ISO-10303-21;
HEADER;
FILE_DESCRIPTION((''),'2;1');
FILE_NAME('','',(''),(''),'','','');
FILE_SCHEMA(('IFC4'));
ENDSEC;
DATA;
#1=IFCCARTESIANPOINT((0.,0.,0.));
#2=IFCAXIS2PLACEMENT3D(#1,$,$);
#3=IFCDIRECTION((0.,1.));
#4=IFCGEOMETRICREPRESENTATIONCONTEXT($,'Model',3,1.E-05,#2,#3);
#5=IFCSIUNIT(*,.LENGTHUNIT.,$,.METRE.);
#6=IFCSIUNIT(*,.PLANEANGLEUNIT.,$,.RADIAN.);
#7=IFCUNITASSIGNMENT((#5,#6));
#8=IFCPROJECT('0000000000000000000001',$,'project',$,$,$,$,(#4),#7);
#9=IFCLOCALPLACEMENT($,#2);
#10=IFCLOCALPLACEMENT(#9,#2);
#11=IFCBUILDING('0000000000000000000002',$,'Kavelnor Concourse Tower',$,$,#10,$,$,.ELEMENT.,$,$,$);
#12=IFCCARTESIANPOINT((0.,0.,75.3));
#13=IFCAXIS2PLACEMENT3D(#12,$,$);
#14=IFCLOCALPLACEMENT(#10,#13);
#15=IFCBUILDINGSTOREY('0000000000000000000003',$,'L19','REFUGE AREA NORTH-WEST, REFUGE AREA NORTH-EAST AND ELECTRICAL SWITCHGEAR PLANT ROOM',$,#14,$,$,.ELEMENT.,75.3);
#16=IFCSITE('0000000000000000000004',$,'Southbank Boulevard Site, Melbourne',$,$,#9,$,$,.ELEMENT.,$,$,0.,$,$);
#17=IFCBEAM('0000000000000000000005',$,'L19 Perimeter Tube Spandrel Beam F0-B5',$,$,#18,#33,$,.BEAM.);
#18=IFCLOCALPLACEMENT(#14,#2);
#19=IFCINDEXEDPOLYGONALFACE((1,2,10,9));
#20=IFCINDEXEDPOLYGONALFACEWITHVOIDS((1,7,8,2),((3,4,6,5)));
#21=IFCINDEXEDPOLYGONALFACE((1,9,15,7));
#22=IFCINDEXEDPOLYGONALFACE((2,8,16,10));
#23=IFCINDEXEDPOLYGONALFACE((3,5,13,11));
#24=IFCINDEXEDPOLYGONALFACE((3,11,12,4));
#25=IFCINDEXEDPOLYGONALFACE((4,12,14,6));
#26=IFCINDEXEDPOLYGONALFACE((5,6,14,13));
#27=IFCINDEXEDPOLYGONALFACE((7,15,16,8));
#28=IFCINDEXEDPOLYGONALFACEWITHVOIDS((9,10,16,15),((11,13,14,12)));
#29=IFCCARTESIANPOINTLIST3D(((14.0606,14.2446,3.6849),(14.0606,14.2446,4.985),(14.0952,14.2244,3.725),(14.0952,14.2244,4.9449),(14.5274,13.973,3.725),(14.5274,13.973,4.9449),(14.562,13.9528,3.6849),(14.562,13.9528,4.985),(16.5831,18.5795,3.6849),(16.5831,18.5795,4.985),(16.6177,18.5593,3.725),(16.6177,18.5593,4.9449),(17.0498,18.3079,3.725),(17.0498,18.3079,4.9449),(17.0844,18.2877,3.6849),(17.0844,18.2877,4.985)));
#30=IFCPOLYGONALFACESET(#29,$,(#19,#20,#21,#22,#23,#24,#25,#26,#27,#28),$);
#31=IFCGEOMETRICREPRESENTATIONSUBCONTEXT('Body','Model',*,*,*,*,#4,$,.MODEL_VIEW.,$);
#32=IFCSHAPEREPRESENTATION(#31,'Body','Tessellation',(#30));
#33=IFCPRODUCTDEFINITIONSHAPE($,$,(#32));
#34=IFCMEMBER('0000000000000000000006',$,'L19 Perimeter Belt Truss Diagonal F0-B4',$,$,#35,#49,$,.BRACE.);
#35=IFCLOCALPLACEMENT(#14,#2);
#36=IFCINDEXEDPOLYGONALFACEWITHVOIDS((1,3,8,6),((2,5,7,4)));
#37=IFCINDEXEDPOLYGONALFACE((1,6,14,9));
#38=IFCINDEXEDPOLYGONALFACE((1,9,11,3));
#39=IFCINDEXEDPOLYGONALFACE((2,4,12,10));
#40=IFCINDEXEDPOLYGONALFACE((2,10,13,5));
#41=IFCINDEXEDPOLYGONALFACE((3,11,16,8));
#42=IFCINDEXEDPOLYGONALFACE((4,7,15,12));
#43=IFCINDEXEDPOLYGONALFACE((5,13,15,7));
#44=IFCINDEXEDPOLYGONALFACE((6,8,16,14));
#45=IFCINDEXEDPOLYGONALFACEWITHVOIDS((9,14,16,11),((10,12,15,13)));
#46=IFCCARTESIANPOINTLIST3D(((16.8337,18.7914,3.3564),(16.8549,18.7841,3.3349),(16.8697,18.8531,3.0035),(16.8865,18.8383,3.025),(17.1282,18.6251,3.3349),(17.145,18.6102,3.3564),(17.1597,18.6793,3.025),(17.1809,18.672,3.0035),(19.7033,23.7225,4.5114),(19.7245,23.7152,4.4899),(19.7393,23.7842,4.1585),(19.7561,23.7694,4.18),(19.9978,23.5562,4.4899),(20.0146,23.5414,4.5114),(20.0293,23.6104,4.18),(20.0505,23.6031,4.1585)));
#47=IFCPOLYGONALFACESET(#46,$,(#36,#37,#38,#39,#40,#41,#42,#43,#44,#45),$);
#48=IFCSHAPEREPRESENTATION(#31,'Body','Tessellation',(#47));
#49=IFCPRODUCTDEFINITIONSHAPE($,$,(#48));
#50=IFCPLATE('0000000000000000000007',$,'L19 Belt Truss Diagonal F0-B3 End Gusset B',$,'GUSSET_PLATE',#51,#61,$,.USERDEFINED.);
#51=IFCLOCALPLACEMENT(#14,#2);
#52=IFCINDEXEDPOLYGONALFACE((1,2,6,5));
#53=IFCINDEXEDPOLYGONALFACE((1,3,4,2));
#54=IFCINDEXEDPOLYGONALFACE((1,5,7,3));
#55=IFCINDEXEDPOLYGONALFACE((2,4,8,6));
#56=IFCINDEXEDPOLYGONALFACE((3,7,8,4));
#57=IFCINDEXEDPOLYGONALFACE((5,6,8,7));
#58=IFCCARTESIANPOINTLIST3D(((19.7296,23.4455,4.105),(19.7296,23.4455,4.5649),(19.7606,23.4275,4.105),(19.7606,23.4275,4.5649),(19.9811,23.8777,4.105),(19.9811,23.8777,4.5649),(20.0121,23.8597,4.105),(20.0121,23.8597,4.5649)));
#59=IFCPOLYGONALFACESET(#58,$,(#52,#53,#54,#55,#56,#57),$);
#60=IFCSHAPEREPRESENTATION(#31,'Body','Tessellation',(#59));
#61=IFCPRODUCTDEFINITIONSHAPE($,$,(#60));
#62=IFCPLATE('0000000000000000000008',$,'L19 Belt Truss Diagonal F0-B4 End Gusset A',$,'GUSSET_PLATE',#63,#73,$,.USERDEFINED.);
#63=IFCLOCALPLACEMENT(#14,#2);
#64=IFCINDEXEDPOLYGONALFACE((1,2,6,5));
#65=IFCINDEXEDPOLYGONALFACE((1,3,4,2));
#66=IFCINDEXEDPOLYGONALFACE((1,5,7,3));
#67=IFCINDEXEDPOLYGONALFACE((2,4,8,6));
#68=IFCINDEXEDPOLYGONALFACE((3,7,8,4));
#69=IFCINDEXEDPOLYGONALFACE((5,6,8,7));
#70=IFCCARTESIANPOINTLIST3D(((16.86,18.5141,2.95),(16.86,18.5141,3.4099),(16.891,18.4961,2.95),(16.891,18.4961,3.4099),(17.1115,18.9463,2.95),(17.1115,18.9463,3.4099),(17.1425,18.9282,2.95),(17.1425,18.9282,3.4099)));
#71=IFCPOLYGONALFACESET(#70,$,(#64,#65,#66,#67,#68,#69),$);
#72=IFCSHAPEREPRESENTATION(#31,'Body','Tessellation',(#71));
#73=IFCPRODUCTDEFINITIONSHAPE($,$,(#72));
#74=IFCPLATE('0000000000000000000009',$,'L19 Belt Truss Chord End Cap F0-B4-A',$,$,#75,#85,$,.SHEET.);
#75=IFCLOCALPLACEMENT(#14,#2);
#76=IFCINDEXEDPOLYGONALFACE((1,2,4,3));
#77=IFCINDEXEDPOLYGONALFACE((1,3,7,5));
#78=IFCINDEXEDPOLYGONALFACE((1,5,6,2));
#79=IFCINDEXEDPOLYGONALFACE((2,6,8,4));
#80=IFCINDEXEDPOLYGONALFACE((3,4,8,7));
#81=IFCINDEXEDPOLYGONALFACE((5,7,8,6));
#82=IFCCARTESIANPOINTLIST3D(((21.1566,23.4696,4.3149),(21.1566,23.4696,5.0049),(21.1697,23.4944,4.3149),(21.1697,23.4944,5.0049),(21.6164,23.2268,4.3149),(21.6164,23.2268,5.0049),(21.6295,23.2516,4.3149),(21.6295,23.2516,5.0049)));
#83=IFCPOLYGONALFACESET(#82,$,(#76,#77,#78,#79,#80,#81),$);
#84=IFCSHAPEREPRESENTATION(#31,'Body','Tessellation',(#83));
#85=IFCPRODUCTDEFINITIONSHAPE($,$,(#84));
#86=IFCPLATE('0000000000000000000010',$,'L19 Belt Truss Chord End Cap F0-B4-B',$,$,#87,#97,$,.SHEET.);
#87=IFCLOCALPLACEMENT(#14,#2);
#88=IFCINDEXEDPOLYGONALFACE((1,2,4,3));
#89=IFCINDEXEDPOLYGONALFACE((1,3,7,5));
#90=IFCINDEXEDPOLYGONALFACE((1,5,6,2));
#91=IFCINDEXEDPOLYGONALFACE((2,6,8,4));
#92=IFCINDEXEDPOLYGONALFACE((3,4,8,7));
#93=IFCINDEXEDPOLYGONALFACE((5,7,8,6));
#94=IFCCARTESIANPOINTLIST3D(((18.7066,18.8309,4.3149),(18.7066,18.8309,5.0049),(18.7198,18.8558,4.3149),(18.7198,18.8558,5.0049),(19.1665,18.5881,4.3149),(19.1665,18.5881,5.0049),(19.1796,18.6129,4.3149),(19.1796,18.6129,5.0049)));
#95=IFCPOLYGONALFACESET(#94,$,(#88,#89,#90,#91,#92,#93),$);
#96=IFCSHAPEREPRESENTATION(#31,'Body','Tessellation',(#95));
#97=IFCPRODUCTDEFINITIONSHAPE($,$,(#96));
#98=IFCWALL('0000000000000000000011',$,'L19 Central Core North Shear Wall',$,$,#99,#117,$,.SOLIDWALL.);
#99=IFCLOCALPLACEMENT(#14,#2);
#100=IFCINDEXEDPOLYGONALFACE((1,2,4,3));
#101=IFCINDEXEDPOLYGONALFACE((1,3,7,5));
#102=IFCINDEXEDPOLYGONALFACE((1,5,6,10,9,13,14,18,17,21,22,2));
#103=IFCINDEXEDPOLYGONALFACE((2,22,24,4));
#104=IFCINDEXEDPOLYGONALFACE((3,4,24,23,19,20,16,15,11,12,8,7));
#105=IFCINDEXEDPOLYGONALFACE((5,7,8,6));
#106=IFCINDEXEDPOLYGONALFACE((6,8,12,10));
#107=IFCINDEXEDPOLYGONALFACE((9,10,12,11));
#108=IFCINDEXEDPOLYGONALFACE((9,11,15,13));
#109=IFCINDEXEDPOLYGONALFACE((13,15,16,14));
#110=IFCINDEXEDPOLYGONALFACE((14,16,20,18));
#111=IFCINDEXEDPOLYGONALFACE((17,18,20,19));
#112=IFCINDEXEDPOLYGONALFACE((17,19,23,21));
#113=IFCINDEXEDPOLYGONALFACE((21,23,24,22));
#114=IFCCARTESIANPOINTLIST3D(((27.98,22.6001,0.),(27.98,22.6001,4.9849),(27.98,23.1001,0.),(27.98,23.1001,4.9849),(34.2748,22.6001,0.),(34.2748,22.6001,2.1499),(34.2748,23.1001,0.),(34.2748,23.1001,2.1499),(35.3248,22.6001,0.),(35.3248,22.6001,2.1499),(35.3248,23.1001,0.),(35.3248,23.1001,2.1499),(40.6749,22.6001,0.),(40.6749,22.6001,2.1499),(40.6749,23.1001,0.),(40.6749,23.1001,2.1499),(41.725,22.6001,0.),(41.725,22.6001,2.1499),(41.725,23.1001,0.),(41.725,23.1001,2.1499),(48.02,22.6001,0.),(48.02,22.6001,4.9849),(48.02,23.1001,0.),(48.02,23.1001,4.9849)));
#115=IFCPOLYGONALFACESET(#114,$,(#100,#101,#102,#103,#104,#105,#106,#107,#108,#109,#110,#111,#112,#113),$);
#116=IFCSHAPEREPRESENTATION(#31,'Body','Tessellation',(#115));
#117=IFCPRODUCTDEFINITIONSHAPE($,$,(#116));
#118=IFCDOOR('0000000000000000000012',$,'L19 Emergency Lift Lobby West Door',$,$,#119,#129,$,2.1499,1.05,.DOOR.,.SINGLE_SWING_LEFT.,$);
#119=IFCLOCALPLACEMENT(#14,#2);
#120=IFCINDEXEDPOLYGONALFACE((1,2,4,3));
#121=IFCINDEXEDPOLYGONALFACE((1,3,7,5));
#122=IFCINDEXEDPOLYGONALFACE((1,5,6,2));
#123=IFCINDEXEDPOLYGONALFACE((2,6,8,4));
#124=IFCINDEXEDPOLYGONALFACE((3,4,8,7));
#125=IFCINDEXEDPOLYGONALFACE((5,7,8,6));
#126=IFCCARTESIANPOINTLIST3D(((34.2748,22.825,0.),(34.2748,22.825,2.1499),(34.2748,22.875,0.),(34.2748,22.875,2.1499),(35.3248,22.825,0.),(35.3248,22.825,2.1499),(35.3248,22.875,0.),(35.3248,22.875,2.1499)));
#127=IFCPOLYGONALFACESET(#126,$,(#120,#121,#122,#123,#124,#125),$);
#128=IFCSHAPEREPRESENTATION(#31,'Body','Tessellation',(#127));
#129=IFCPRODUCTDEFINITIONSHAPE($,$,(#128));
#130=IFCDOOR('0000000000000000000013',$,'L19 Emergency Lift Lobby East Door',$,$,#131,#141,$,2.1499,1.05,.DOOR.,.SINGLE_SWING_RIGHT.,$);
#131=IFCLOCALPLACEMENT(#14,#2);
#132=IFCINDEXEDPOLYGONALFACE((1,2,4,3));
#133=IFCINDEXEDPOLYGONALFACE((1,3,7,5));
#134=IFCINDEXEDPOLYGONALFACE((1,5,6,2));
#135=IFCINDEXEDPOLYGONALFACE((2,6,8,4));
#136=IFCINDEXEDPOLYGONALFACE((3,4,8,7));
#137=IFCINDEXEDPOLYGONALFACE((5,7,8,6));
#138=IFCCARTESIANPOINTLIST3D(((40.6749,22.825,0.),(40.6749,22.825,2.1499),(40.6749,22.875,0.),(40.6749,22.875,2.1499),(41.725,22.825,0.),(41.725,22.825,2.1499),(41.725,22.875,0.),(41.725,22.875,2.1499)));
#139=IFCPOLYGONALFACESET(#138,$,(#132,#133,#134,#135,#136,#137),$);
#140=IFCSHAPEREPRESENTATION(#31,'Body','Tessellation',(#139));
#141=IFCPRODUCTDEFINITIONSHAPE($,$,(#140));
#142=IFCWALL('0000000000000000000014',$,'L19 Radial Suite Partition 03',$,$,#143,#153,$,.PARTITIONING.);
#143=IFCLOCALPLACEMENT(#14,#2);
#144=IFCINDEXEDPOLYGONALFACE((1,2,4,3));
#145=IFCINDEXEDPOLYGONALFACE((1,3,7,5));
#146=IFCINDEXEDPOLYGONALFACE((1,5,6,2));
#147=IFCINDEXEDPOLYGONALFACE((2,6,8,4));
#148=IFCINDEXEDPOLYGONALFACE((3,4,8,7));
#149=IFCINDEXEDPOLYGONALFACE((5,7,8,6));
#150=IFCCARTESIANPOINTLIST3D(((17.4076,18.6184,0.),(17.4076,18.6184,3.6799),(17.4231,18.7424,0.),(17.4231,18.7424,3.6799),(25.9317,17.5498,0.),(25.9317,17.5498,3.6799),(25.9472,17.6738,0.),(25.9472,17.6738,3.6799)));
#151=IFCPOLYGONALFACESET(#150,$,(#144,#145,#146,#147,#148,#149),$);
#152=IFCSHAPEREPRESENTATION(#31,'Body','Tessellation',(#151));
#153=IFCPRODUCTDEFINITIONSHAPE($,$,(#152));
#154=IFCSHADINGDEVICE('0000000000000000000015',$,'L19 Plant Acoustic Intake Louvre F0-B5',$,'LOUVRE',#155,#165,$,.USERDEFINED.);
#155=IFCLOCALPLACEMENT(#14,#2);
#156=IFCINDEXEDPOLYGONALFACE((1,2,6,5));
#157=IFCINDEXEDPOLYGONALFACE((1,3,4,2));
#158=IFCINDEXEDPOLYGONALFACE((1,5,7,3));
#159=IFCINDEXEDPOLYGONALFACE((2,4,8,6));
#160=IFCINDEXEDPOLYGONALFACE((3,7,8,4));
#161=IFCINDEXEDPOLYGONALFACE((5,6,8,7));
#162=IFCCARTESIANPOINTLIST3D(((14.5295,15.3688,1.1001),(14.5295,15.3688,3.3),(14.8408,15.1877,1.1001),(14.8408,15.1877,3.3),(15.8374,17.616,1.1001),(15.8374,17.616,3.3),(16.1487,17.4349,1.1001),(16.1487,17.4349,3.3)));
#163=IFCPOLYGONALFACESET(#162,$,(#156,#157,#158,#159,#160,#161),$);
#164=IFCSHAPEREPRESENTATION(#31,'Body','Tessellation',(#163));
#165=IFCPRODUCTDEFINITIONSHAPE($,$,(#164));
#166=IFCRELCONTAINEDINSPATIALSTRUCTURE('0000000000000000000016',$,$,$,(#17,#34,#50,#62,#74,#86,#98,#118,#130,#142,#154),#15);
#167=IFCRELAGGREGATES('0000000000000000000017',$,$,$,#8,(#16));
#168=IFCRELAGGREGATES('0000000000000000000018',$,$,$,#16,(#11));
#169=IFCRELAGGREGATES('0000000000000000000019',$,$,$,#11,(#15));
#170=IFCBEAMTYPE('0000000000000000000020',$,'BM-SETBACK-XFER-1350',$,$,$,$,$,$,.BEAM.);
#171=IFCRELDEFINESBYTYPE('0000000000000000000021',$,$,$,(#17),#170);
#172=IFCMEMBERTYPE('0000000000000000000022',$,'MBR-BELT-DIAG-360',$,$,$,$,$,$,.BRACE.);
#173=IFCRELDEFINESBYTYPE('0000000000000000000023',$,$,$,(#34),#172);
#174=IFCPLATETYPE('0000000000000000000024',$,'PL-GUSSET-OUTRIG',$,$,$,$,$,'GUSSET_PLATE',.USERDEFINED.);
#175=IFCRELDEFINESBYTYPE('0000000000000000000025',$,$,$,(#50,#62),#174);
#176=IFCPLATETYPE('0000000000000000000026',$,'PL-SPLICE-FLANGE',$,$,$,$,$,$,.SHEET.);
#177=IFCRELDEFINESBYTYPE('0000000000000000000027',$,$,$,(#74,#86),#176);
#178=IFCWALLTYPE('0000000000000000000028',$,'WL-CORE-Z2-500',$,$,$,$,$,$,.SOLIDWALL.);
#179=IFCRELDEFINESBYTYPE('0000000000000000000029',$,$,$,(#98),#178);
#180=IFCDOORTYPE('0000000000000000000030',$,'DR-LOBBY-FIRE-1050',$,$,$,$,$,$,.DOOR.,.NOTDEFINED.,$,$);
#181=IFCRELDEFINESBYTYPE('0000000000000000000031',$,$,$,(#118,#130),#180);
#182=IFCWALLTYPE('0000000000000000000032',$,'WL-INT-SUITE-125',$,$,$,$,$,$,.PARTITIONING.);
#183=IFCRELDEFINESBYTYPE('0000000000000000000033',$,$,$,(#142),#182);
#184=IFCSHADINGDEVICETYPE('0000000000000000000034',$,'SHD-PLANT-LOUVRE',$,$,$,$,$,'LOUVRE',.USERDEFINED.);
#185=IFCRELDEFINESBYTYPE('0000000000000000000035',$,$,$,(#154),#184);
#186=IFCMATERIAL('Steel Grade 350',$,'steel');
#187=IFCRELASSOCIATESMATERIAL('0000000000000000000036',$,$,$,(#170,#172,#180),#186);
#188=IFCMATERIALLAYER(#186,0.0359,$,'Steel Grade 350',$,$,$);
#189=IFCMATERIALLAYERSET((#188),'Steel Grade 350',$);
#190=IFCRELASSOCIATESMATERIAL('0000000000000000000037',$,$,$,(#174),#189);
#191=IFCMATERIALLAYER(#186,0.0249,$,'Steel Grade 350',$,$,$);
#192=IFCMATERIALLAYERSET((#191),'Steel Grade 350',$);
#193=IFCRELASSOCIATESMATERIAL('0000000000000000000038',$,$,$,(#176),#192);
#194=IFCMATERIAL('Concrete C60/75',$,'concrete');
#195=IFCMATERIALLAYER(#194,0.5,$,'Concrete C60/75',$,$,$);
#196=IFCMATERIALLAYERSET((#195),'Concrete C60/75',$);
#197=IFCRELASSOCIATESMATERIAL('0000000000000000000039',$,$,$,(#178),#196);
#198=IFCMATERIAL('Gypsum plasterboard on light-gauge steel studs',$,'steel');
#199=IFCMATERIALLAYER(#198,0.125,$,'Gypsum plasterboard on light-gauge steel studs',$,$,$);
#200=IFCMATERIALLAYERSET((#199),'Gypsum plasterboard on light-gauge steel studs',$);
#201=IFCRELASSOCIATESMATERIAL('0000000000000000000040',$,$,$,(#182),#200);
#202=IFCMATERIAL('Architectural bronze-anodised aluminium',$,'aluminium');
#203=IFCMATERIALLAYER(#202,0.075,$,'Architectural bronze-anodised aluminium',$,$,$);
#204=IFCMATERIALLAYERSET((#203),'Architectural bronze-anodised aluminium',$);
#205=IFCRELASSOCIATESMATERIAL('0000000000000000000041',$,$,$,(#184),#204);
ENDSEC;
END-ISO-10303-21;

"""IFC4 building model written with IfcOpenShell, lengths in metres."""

from ifc_helpers import new_model, si_unit, direction, frame, frame_2d, origin, origin_2d, place, context, subcontext, project, spatial, rectangle, hollow_rectangle, extrude, material, layer, layer_set, material_profile, profile_set, type_object, element, fill, save


model = new_model("IFC4")

# Units and contexts
model_context = context("Model", 3, precision=1e-05, world=origin(), true_north=direction((0.0, 1.0)))
body_context = subcontext(model_context, "Body", "Model", "MODEL_VIEW")
ifc_project = project(units=[si_unit("LENGTHUNIT", "METRE"), si_unit("PLANEANGLEUNIT", "RADIAN")], contexts=[model_context])

# Site, building, storey
site_placement = place(None, origin())
site = spatial("IfcSite", under=ifc_project, at=site_placement, Name="Southbank Boulevard Site, Melbourne", CompositionType="ELEMENT", RefElevation=0.0)
building_placement = place(site_placement, origin())
building = spatial("IfcBuilding", under=site, at=building_placement, Name="Kavelnor Concourse Tower", CompositionType="ELEMENT")
storey_placement = place(building_placement, frame((0.0, 0.0, 75.3)))
storey = spatial("IfcBuildingStorey", under=building, at=storey_placement, Name="L19", Description="REFUGE AREA NORTH-WEST, REFUGE AREA NORTH-EAST AND ELECTRICAL SWITCHGEAR PLANT ROOM", CompositionType="ELEMENT", Elevation=75.3)

# Shared definitions
ifc_material_1 = material(Name="Steel Grade 350", Category="steel")

# Beam
ifc_material_profile_1 = material_profile(ifc_material_1, hollow_rectangle(XDim=0.5801, YDim=1.3, WallThickness=0.04, at=origin_2d()), Name="RHS 1300x580x40")
ifc_profile_set_1 = profile_set([ifc_material_profile_1], Name="Steel Grade 350")
beam_type_1 = type_object("IfcBeamType", Name="BM-SETBACK-XFER-1350", PredefinedType="BEAM", material=ifc_profile_set_1)
for number, where, z_axis, x_axis, name in (
    (1, (16.8337, 18.4336, 4.335), (-0.502939, -0.864322, 0.0), (0.864322, -0.502939, 0.0), "L19 Perimeter Tube Spandrel Beam F0-B5"),
):
    element("IfcBeam", number, at=place(storey_placement, frame(where, z_axis=z_axis, x_axis=x_axis)), inside=storey, type_object=beam_type_1, Name=name, PredefinedType="BEAM", context=body_context, shape_type="SweptSolid", body=[
        extrude(hollow_rectangle(XDim=0.5801, YDim=1.3, WallThickness=0.04, at=origin_2d()), origin(), (0.0, 0.0, 1.0), 5.0154),
    ])

# Member
ifc_material_profile_2 = material_profile(ifc_material_1, hollow_rectangle(XDim=0.3601, YDim=0.3601, WallThickness=0.022, at=origin_2d()), Name="SHS 360x360x22")
ifc_profile_set_2 = profile_set([ifc_material_profile_2], Name="Steel Grade 350")
member_type = type_object("IfcMemberType", Name="MBR-BELT-DIAG-360", PredefinedType="BRACE", material=ifc_profile_set_2)
member_placement = place(storey_placement, frame((17.0073, 18.7317, 3.1799), z_axis=(0.492971, 0.847118, 0.198421), x_axis=(-0.864303, 0.502971, 0.0)))
element("IfcMember", 2, at=member_placement, inside=storey, type_object=member_type, Name="L19 Perimeter Belt Truss Diagonal F0-B4", PredefinedType="BRACE", context=body_context, shape_type="SweptSolid", body=[
    extrude(hollow_rectangle(XDim=0.3601, YDim=0.3601, WallThickness=0.022, at=origin_2d()), origin(), (0.0, 0.0, 1.0), 5.821),
])

# Plates
ifc_layer_1 = layer(ifc_material_1, 0.0359, Name="Steel Grade 350")
ifc_layer_set_1 = layer_set([ifc_layer_1], Name="Steel Grade 350")
plate_type_1 = type_object("IfcPlateType", Name="PL-GUSSET-OUTRIG", ElementType="GUSSET_PLATE", PredefinedType="USERDEFINED", material=ifc_layer_set_1)
for number, where, z_axis, x_axis, name in (
    (3, (19.8708, 23.6526, 4.105), (0.0, 0.0, 1.0), (-0.502869, -0.864363, 0.0), "L19 Belt Truss Diagonal F0-B3 End Gusset B"),
    (4, (17.0012, 18.7212, 2.95), (0.0, 0.0, 1.0), (0.50302, 0.864275, 0.0), "L19 Belt Truss Diagonal F0-B4 End Gusset A"),
):
    element("IfcPlate", number, at=place(storey_placement, frame(where, z_axis=z_axis, x_axis=x_axis)), inside=storey, type_object=plate_type_1, Name=name, ObjectType="GUSSET_PLATE", PredefinedType="USERDEFINED", context=body_context, shape_type="SweptSolid", body=[
        extrude(rectangle(XDim=0.5, YDim=0.0359, at=origin_2d()), origin(), (0.0, 0.0, 1.0), 0.46),
    ])
ifc_layer_2 = layer(ifc_material_1, 0.0249, Name="Steel Grade 350")
ifc_layer_set_2 = layer_set([ifc_layer_2], Name="Steel Grade 350")
plate_type_2 = type_object("IfcPlateType", Name="PL-SPLICE-FLANGE", PredefinedType="SHEET", material=ifc_layer_set_2)
for number, where, z_axis, x_axis, name in (
    (5, (21.3931, 23.3606, 4.3149), (0.0, 0.0, 1.0), (-0.884255, 0.467004, 0.0), "L19 Belt Truss Chord End Cap F0-B4-A"),
    (6, (18.9431, 18.7219, 4.3149), (0.0, 0.0, 1.0), (0.884255, -0.467004, 0.0), "L19 Belt Truss Chord End Cap F0-B4-B"),
):
    element("IfcPlate", number, at=place(storey_placement, frame(where, z_axis=z_axis, x_axis=x_axis)), inside=storey, type_object=plate_type_2, Name=name, PredefinedType="SHEET", context=body_context, shape_type="SweptSolid", body=[
        extrude(rectangle(XDim=0.52, YDim=0.0281, at=origin_2d()), origin(), (0.0, 0.0, 1.0), 0.6899),
    ])

# Wall, openings, doors
ifc_material_2 = material(Name="Concrete C60/75", Category="concrete")
ifc_layer_3 = layer(ifc_material_2, 0.5, Name="Concrete C60/75")
ifc_layer_set_3 = layer_set([ifc_layer_3], Name="Concrete C60/75")
wall_type_1 = type_object("IfcWallType", Name="WL-CORE-Z2-500", PredefinedType="SOLIDWALL", material=ifc_layer_set_3)
wall_1_placement = place(storey_placement, frame((27.98, 22.8501, 0.0), z_axis=(0.0, 0.0, 1.0), x_axis=(1.0, 0.0, 0.0)))
wall_1 = element("IfcWall", 7, at=wall_1_placement, inside=storey, type_object=wall_type_1, Name="L19 Central Core North Shear Wall", PredefinedType="SOLIDWALL", context=body_context, shape_type="SweptSolid", body=[
    extrude(rectangle(XDim=20.04, YDim=0.5, at=frame_2d((10.02, 0.0))), origin(), (0.0, 0.0, 1.0), 4.9849),
])
opening_1_placement = place(wall_1_placement, frame((6.2949, 0.0, 0.0)))
opening_1 = element("IfcOpeningElement", 8, at=opening_1_placement, cuts=wall_1, PredefinedType="OPENING", context=body_context, shape_type="SweptSolid", body=[
    extrude(rectangle(XDim=1.05, YDim=2.1499, at=frame_2d((0.5249, 1.075))), frame((0.0, 0.26, 0.0), z_axis=(0.0, -1.0, 0.0), x_axis=(1.0, 0.0, 0.0)), (0.0, 0.0, 1.0), 0.52),
])
opening_2_placement = place(wall_1_placement, frame((12.6951, 0.0, 0.0)))
opening_2 = element("IfcOpeningElement", 9, at=opening_2_placement, cuts=wall_1, PredefinedType="OPENING", context=body_context, shape_type="SweptSolid", body=[
    extrude(rectangle(XDim=1.05, YDim=2.1499, at=frame_2d((0.5249, 1.075))), frame((0.0, 0.26, 0.0), z_axis=(0.0, -1.0, 0.0), x_axis=(1.0, 0.0, 0.0)), (0.0, 0.0, 1.0), 0.52),
])
door_type = type_object("IfcDoorType", Name="DR-LOBBY-FIRE-1050", OperationType="NOTDEFINED", PredefinedType="DOOR", material=ifc_material_1)
door_1_placement = place(opening_1_placement, origin())
door_1 = element("IfcDoor", 10, at=door_1_placement, inside=storey, type_object=door_type, Name="L19 Emergency Lift Lobby West Door", OperationType="SINGLE_SWING_LEFT", OverallHeight=2.1499, OverallWidth=1.05, PredefinedType="DOOR", context=body_context, shape_type="SweptSolid", body=[
    extrude(rectangle(XDim=1.05, YDim=2.1499, at=frame_2d((0.5249, 1.075))), frame((0.0, 0.0249, 0.0), z_axis=(0.0, -1.0, 0.0), x_axis=(1.0, 0.0, 0.0)), (0.0, 0.0, 1.0), 0.05),
])
fill(opening_1, door_1)
door_2_placement = place(opening_2_placement, origin())
door_2 = element("IfcDoor", 11, at=door_2_placement, inside=storey, type_object=door_type, Name="L19 Emergency Lift Lobby East Door", OperationType="SINGLE_SWING_RIGHT", OverallHeight=2.1499, OverallWidth=1.05, PredefinedType="DOOR", context=body_context, shape_type="SweptSolid", body=[
    extrude(rectangle(XDim=1.05, YDim=2.1499, at=frame_2d((0.5249, 1.075))), frame((0.0, 0.0249, 0.0), z_axis=(0.0, -1.0, 0.0), x_axis=(1.0, 0.0, 0.0)), (0.0, 0.0, 1.0), 0.05),
])
fill(opening_2, door_2)

# Wall
ifc_material_3 = material(Name="Gypsum plasterboard on light-gauge steel studs", Category="steel")
ifc_layer_4 = layer(ifc_material_3, 0.125, Name="Gypsum plasterboard on light-gauge steel studs")
ifc_layer_set_4 = layer_set([ifc_layer_4], Name="Gypsum plasterboard on light-gauge steel studs")
wall_type_2 = type_object("IfcWallType", Name="WL-INT-SUITE-125", PredefinedType="PARTITIONING", material=ifc_layer_set_4)
wall_2_placement = place(storey_placement, frame((25.9395, 17.6118, 0.0), z_axis=(0.0, 0.0, 1.0), x_axis=(-0.992234, 0.124388, 0.0)))
element("IfcWall", 12, at=wall_2_placement, inside=storey, type_object=wall_type_2, Name="L19 Radial Suite Partition 03", PredefinedType="PARTITIONING", context=body_context, shape_type="SweptSolid", body=[
    extrude(rectangle(XDim=8.5908, YDim=0.125, at=frame_2d((4.2954, 0.0))), origin(), (0.0, 0.0, 1.0), 3.6799),
])

# Shading device
ifc_material_4 = material(Name="Architectural bronze-anodised aluminium", Category="aluminium")
ifc_layer_5 = layer(ifc_material_4, 0.075, Name="Architectural bronze-anodised aluminium")
ifc_layer_set_5 = layer_set([ifc_layer_5], Name="Architectural bronze-anodised aluminium")
shading_device_type = type_object("IfcShadingDeviceType", Name="SHD-PLANT-LOUVRE", ElementType="LOUVRE", PredefinedType="USERDEFINED", material=ifc_layer_set_5)
shading_device_placement = place(storey_placement, frame((15.3391, 16.4019, 1.1001), z_axis=(0.0, 0.0, 1.0), x_axis=(0.50302, 0.864275, 0.0)))
element("IfcShadingDevice", 13, at=shading_device_placement, inside=storey, type_object=shading_device_type, Name="L19 Plant Acoustic Intake Louvre F0-B5", ObjectType="LOUVRE", PredefinedType="USERDEFINED", context=body_context, shape_type="SweptSolid", body=[
    extrude(rectangle(XDim=2.6001, YDim=0.3601, at=origin_2d()), origin(), (0.0, 0.0, 1.0), 2.2),
])

save(model, "model.ifc")
